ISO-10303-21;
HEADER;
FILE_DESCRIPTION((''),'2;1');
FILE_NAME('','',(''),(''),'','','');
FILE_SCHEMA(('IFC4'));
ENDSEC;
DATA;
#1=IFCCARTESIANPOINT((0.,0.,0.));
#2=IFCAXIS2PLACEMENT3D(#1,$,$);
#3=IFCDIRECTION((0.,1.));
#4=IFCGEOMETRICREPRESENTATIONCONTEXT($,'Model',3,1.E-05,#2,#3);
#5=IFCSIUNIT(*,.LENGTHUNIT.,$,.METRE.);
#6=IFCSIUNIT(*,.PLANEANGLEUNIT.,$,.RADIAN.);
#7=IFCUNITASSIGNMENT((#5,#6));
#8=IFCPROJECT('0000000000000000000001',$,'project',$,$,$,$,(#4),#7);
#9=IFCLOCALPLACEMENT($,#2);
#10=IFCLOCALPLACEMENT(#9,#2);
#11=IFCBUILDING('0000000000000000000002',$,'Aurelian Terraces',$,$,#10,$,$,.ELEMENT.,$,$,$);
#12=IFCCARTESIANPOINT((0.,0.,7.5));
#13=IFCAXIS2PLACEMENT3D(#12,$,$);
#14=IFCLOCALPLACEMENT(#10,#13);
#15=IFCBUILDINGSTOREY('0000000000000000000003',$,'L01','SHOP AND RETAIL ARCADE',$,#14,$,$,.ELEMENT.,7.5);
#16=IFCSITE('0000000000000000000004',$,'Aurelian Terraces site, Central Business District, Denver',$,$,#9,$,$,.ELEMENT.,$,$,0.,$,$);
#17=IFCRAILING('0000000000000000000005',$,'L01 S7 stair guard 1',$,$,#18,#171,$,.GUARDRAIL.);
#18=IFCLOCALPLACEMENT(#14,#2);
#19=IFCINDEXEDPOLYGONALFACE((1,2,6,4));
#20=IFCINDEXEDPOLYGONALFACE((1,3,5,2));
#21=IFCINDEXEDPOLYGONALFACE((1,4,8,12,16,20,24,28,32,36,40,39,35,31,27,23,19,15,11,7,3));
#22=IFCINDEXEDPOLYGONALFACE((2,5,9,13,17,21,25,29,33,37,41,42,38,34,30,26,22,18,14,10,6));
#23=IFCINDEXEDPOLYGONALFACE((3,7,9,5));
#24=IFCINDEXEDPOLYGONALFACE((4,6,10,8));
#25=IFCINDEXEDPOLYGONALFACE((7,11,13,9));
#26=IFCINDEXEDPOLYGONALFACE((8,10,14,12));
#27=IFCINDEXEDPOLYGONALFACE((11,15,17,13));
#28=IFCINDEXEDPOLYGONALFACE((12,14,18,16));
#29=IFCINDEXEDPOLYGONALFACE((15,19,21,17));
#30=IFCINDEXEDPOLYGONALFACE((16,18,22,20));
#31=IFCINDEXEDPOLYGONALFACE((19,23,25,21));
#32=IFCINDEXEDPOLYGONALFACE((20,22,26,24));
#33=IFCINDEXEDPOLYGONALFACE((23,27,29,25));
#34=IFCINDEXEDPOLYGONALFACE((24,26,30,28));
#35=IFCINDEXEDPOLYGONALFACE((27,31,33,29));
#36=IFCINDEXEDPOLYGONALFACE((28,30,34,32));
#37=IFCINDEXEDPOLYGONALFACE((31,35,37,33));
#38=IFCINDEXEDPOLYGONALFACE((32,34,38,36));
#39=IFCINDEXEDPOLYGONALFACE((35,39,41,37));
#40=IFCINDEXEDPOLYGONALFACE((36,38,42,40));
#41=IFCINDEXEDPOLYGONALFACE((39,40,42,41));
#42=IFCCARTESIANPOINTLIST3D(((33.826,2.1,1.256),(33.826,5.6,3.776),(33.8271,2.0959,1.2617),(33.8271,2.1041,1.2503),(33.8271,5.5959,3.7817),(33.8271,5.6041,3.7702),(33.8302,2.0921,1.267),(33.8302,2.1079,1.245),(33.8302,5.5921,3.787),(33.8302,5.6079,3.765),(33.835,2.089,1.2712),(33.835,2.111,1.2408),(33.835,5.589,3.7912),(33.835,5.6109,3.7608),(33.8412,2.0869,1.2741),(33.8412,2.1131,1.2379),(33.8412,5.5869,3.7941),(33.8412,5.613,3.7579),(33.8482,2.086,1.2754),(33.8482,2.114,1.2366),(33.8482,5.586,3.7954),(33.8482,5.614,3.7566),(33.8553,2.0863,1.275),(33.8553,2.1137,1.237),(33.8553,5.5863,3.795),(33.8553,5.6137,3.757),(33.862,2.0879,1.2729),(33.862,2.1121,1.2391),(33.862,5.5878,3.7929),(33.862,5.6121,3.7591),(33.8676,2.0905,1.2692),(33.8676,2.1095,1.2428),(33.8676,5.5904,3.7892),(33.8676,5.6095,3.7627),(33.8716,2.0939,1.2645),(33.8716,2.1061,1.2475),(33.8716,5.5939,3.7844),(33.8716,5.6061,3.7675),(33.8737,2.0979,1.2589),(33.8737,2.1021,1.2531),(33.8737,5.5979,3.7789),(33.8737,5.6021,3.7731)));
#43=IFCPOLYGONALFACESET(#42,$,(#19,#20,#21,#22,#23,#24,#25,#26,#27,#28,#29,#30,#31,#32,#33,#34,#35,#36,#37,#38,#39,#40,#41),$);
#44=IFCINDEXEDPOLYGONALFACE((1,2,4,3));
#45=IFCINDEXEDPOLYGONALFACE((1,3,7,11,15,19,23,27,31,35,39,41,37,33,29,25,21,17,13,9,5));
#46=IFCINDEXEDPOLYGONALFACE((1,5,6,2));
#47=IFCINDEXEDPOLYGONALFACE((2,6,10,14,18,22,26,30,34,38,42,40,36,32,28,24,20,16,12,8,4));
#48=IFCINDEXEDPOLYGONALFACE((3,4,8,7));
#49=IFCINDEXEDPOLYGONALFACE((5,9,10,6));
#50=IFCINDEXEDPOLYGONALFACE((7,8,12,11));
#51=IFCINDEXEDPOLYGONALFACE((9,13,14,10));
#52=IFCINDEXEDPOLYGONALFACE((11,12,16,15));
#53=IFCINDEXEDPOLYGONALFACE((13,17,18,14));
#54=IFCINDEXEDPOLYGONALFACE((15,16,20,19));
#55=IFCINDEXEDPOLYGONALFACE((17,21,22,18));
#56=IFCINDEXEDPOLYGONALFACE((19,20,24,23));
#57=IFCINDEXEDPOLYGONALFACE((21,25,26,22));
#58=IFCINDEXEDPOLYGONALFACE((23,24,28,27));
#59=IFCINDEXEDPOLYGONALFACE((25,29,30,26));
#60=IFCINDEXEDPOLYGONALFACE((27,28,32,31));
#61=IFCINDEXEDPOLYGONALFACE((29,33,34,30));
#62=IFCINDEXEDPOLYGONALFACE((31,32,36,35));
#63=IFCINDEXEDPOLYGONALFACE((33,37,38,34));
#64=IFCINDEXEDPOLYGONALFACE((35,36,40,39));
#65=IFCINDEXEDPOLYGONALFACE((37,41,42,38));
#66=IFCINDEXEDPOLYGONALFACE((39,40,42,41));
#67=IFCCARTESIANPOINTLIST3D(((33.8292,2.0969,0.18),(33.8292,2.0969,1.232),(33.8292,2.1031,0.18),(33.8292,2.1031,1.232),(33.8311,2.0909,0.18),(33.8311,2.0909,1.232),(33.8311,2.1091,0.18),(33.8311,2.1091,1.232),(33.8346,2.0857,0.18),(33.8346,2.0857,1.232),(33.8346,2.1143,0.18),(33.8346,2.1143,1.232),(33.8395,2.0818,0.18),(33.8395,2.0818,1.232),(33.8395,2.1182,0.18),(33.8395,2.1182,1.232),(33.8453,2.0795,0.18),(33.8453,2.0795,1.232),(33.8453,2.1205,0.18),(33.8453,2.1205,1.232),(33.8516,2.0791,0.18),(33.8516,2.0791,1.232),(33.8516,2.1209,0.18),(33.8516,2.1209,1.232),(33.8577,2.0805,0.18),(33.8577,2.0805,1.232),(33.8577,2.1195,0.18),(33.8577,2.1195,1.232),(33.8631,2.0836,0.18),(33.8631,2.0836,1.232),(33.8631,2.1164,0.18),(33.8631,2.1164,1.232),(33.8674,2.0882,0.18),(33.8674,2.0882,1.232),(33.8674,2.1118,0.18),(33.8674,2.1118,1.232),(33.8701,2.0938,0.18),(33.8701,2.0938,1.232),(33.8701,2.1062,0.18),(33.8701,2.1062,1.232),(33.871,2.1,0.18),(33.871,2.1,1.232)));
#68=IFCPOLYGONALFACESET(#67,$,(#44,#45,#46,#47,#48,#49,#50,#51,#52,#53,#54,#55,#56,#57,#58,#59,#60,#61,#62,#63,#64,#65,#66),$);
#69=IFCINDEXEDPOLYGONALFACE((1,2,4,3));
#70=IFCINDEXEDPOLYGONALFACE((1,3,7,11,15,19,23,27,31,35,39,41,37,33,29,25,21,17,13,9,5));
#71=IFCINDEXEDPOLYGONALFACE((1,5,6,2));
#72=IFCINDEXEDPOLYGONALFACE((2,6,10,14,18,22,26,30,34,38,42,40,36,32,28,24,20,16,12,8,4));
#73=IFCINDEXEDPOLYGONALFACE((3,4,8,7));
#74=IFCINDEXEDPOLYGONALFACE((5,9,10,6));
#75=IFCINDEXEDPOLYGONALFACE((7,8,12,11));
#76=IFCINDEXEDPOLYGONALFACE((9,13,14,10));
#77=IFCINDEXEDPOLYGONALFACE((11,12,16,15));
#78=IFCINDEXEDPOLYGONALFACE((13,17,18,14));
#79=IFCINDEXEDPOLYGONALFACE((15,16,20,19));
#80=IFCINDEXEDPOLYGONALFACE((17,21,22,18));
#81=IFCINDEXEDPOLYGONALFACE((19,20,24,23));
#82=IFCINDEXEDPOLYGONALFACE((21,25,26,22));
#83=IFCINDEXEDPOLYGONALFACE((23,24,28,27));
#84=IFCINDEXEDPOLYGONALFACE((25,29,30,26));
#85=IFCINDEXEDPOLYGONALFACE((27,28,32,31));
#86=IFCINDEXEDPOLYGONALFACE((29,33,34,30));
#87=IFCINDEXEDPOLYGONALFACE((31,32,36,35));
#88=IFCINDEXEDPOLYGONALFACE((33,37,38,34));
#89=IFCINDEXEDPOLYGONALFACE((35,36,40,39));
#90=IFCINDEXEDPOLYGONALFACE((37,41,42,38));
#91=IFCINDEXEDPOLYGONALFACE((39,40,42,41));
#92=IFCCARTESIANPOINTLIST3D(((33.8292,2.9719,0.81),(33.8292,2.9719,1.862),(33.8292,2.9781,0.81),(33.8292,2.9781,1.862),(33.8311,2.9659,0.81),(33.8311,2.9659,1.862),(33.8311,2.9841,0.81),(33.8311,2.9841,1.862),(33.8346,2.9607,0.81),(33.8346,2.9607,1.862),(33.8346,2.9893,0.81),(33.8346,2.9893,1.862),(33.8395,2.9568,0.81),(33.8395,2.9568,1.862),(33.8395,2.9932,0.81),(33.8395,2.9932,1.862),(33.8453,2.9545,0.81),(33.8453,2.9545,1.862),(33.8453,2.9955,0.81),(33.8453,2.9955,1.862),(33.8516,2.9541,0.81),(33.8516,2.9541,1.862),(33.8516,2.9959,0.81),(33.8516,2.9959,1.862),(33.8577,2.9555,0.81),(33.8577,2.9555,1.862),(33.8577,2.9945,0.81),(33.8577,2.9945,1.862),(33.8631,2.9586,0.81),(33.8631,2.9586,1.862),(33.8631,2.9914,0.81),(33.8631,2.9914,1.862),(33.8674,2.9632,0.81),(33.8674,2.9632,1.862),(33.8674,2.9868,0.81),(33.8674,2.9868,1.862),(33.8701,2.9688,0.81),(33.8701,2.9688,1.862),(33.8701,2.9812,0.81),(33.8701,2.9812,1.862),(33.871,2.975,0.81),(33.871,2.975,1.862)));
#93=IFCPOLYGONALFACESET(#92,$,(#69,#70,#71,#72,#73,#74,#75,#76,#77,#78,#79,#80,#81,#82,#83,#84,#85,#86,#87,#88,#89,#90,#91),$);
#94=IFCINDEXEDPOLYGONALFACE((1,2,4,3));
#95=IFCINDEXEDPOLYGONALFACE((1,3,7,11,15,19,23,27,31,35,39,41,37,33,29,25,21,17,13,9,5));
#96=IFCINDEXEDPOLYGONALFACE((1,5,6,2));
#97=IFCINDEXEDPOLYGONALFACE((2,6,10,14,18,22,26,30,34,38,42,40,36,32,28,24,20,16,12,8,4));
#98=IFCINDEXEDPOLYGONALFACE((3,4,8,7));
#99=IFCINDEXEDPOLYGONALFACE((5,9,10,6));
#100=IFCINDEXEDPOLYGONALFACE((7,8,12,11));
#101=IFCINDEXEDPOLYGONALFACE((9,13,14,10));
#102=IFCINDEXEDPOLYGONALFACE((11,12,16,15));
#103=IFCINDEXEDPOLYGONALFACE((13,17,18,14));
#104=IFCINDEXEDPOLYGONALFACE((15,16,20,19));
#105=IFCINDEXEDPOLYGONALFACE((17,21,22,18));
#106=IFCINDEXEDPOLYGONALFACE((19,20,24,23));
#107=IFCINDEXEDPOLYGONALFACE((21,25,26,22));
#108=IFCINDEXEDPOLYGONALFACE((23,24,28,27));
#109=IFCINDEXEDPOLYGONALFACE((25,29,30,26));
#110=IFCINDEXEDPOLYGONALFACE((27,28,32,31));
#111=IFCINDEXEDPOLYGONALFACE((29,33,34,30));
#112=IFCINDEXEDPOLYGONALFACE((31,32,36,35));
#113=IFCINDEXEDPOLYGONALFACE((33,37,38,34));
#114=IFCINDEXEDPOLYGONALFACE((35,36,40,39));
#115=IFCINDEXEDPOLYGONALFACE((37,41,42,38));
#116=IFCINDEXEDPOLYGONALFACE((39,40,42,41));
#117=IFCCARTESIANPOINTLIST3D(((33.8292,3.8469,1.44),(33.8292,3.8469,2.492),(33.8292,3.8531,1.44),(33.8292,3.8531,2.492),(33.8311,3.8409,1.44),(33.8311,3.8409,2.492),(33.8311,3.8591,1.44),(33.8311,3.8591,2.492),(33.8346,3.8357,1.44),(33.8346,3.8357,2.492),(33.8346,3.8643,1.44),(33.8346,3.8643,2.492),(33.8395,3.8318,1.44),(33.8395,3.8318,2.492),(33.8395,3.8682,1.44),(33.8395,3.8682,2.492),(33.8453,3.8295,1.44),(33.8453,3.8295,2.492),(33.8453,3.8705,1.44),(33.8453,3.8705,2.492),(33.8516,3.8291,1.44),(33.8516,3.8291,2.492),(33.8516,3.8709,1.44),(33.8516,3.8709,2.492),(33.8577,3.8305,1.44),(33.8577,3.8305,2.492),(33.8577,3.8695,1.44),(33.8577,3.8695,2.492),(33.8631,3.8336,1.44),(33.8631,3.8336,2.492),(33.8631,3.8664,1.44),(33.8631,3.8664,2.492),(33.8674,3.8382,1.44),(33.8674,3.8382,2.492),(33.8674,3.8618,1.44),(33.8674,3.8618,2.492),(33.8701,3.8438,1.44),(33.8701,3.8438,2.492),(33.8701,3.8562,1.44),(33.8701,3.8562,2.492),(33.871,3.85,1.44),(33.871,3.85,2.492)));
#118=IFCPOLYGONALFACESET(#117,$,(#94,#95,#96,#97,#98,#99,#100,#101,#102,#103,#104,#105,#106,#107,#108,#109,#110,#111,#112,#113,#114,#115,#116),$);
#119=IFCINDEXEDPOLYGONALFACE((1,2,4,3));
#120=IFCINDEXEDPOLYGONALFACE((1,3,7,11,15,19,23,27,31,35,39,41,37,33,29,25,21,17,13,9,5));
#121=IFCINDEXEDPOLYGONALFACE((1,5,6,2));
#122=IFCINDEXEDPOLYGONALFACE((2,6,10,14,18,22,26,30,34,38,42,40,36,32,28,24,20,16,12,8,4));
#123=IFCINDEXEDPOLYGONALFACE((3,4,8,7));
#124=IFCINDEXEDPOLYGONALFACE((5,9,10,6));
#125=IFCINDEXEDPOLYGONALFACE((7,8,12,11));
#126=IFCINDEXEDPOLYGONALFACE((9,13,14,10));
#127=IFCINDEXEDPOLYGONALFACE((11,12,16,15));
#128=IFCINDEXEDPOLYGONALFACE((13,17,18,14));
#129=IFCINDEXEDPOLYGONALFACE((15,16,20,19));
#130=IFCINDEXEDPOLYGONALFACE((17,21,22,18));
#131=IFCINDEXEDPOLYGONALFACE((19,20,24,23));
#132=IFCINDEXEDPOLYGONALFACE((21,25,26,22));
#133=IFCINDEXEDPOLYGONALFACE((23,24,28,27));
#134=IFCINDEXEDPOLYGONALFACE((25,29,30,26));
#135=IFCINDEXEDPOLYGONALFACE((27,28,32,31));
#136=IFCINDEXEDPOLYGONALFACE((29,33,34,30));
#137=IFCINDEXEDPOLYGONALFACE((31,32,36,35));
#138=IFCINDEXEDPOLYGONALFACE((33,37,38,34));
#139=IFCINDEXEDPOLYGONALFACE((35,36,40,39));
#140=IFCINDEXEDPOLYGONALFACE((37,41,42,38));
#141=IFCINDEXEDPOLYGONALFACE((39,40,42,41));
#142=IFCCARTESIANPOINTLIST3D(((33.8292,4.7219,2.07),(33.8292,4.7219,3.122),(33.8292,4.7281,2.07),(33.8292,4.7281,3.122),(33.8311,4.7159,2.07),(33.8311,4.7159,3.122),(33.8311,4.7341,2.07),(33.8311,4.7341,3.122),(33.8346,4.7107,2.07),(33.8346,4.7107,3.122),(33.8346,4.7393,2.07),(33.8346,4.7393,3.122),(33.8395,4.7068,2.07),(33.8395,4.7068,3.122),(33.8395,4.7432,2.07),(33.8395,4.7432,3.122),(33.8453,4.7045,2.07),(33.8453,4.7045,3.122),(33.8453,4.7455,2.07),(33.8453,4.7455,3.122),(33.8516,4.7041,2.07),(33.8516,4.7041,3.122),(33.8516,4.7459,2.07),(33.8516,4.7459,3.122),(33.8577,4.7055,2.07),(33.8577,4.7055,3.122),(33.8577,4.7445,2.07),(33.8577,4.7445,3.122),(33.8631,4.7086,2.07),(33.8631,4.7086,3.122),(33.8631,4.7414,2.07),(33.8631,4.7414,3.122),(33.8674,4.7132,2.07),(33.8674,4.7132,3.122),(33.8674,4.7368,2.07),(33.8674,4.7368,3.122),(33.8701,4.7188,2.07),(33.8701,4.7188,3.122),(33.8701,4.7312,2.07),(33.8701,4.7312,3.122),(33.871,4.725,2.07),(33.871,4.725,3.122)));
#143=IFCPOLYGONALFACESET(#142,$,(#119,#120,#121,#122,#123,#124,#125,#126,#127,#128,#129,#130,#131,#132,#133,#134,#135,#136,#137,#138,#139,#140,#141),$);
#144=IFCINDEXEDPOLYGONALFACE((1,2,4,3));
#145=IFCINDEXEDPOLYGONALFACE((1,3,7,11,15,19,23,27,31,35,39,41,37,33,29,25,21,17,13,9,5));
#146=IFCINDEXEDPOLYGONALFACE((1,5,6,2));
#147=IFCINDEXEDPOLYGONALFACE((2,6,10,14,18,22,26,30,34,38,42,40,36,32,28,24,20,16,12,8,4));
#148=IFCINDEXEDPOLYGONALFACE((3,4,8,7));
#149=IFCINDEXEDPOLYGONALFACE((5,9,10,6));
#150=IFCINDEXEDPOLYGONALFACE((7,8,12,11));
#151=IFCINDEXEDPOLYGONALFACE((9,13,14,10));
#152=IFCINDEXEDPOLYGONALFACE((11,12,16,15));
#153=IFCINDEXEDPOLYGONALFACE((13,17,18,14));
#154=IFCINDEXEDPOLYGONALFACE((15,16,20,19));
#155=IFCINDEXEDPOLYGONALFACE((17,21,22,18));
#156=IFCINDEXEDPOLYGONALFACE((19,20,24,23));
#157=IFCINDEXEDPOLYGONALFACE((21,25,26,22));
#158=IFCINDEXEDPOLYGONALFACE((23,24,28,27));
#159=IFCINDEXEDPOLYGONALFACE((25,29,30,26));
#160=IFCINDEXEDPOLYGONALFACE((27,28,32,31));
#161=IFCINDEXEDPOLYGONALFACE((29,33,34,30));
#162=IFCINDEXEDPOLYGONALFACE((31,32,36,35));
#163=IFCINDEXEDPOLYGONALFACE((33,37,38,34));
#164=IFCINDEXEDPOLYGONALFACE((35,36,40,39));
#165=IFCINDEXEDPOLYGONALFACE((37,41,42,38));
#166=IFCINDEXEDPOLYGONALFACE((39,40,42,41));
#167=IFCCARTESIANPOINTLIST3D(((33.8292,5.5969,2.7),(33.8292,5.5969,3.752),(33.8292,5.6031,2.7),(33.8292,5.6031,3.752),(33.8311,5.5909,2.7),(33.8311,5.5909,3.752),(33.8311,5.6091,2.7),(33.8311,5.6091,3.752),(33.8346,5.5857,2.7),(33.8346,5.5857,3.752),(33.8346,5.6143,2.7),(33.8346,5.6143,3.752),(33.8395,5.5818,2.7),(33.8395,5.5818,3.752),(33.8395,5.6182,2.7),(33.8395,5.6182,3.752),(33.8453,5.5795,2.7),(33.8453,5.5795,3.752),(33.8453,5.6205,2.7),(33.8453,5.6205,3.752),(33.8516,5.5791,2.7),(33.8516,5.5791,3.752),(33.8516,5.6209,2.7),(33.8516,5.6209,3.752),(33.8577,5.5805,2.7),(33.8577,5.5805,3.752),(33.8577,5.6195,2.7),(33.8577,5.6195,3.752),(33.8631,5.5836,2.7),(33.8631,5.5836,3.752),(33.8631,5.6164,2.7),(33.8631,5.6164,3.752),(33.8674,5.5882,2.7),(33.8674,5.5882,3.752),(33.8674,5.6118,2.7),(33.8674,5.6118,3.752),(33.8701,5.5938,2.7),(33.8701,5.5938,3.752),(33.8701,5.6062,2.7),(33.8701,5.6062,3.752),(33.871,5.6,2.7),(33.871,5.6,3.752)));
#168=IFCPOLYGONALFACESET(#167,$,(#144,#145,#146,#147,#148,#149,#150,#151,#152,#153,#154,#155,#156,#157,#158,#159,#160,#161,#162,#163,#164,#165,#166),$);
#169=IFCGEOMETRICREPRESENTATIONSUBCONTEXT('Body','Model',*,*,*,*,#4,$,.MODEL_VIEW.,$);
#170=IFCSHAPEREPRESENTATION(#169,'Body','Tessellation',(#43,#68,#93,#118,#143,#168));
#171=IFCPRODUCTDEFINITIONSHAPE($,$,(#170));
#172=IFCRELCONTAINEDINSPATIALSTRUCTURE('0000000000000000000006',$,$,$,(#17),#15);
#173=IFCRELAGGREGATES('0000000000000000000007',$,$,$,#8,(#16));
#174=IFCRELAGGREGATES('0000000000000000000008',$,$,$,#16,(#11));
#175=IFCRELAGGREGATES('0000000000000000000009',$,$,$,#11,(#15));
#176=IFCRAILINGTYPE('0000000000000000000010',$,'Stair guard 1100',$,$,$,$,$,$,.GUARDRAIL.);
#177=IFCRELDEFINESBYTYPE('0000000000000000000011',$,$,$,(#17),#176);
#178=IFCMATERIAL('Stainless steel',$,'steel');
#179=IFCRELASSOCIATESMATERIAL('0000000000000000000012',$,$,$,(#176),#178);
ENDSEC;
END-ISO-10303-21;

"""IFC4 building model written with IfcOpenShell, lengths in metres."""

from ifc_helpers import new_model, si_unit, direction, frame, origin, origin_2d, place, context, subcontext, project, spatial, circle, extrude, source, transform, mapped, material, type_object, element, save


model = new_model("IFC4")

# Units and contexts
model_context = context("Model", 3, precision=1e-05, world=origin(), true_north=direction((0.0, 1.0)))
body_context = subcontext(model_context, "Body", "Model", "MODEL_VIEW")
ifc_project = project(units=[si_unit("LENGTHUNIT", "METRE"), si_unit("PLANEANGLEUNIT", "RADIAN")], contexts=[model_context])

# Site, building, storey
site_placement = place(None, origin())
site = spatial("IfcSite", under=ifc_project, at=site_placement, Name="Aurelian Terraces site, Central Business District, Denver", CompositionType="ELEMENT", RefElevation=0.0)
building_placement = place(site_placement, origin())
building = spatial("IfcBuilding", under=site, at=building_placement, Name="Aurelian Terraces", CompositionType="ELEMENT")
storey_placement = place(building_placement, frame((0.0, 0.0, 7.5)))
storey = spatial("IfcBuildingStorey", under=building, at=storey_placement, Name="L01", Description="SHOP AND RETAIL ARCADE", CompositionType="ELEMENT", Elevation=7.5)

# Railing
ifc_material_1 = material(Name="Stainless steel", Category="steel")
railing_type = type_object("IfcRailingType", Name="Stair guard 1100", PredefinedType="GUARDRAIL", material=ifc_material_1)
shared_shape_1 = source(origin(), body_context, "Body", "SweptSolid", [
    extrude(circle(Radius=0.024, at=origin_2d()), frame((0.0, 0.0, 1.076), z_axis=(0.0, 0.811534, 0.584305), x_axis=(-1.0, 0.0, 0.0)), (0.0, 0.0, 1.0), 4.3128),
    extrude(circle(Radius=0.021, at=origin_2d()), origin(), (0.0, 0.0, 1.0), 1.052),
    extrude(circle(Radius=0.021, at=origin_2d()), frame((0.0, 0.875, 0.63)), (0.0, 0.0, 1.0), 1.052),
    extrude(circle(Radius=0.021, at=origin_2d()), frame((0.0, 1.75, 1.26)), (0.0, 0.0, 1.0), 1.052),
    extrude(circle(Radius=0.021, at=origin_2d()), frame((0.0, 2.625, 1.89)), (0.0, 0.0, 1.0), 1.052),
    extrude(circle(Radius=0.021, at=origin_2d()), frame((0.0, 3.5, 2.52)), (0.0, 0.0, 1.0), 1.052),
])
railing_placement = place(storey_placement, frame((33.85, 2.1, 0.18)))
element("IfcRailing", 1, at=railing_placement, inside=storey, type_object=railing_type, Name="L01 S7 stair guard 1", PredefinedType="GUARDRAIL", context=body_context, shape_type="MappedRepresentation", body=[
    mapped(shared_shape_1, transform((0.0, 0.0, 0.0), scale=1.0)),
])

save(model, "model.ifc")
